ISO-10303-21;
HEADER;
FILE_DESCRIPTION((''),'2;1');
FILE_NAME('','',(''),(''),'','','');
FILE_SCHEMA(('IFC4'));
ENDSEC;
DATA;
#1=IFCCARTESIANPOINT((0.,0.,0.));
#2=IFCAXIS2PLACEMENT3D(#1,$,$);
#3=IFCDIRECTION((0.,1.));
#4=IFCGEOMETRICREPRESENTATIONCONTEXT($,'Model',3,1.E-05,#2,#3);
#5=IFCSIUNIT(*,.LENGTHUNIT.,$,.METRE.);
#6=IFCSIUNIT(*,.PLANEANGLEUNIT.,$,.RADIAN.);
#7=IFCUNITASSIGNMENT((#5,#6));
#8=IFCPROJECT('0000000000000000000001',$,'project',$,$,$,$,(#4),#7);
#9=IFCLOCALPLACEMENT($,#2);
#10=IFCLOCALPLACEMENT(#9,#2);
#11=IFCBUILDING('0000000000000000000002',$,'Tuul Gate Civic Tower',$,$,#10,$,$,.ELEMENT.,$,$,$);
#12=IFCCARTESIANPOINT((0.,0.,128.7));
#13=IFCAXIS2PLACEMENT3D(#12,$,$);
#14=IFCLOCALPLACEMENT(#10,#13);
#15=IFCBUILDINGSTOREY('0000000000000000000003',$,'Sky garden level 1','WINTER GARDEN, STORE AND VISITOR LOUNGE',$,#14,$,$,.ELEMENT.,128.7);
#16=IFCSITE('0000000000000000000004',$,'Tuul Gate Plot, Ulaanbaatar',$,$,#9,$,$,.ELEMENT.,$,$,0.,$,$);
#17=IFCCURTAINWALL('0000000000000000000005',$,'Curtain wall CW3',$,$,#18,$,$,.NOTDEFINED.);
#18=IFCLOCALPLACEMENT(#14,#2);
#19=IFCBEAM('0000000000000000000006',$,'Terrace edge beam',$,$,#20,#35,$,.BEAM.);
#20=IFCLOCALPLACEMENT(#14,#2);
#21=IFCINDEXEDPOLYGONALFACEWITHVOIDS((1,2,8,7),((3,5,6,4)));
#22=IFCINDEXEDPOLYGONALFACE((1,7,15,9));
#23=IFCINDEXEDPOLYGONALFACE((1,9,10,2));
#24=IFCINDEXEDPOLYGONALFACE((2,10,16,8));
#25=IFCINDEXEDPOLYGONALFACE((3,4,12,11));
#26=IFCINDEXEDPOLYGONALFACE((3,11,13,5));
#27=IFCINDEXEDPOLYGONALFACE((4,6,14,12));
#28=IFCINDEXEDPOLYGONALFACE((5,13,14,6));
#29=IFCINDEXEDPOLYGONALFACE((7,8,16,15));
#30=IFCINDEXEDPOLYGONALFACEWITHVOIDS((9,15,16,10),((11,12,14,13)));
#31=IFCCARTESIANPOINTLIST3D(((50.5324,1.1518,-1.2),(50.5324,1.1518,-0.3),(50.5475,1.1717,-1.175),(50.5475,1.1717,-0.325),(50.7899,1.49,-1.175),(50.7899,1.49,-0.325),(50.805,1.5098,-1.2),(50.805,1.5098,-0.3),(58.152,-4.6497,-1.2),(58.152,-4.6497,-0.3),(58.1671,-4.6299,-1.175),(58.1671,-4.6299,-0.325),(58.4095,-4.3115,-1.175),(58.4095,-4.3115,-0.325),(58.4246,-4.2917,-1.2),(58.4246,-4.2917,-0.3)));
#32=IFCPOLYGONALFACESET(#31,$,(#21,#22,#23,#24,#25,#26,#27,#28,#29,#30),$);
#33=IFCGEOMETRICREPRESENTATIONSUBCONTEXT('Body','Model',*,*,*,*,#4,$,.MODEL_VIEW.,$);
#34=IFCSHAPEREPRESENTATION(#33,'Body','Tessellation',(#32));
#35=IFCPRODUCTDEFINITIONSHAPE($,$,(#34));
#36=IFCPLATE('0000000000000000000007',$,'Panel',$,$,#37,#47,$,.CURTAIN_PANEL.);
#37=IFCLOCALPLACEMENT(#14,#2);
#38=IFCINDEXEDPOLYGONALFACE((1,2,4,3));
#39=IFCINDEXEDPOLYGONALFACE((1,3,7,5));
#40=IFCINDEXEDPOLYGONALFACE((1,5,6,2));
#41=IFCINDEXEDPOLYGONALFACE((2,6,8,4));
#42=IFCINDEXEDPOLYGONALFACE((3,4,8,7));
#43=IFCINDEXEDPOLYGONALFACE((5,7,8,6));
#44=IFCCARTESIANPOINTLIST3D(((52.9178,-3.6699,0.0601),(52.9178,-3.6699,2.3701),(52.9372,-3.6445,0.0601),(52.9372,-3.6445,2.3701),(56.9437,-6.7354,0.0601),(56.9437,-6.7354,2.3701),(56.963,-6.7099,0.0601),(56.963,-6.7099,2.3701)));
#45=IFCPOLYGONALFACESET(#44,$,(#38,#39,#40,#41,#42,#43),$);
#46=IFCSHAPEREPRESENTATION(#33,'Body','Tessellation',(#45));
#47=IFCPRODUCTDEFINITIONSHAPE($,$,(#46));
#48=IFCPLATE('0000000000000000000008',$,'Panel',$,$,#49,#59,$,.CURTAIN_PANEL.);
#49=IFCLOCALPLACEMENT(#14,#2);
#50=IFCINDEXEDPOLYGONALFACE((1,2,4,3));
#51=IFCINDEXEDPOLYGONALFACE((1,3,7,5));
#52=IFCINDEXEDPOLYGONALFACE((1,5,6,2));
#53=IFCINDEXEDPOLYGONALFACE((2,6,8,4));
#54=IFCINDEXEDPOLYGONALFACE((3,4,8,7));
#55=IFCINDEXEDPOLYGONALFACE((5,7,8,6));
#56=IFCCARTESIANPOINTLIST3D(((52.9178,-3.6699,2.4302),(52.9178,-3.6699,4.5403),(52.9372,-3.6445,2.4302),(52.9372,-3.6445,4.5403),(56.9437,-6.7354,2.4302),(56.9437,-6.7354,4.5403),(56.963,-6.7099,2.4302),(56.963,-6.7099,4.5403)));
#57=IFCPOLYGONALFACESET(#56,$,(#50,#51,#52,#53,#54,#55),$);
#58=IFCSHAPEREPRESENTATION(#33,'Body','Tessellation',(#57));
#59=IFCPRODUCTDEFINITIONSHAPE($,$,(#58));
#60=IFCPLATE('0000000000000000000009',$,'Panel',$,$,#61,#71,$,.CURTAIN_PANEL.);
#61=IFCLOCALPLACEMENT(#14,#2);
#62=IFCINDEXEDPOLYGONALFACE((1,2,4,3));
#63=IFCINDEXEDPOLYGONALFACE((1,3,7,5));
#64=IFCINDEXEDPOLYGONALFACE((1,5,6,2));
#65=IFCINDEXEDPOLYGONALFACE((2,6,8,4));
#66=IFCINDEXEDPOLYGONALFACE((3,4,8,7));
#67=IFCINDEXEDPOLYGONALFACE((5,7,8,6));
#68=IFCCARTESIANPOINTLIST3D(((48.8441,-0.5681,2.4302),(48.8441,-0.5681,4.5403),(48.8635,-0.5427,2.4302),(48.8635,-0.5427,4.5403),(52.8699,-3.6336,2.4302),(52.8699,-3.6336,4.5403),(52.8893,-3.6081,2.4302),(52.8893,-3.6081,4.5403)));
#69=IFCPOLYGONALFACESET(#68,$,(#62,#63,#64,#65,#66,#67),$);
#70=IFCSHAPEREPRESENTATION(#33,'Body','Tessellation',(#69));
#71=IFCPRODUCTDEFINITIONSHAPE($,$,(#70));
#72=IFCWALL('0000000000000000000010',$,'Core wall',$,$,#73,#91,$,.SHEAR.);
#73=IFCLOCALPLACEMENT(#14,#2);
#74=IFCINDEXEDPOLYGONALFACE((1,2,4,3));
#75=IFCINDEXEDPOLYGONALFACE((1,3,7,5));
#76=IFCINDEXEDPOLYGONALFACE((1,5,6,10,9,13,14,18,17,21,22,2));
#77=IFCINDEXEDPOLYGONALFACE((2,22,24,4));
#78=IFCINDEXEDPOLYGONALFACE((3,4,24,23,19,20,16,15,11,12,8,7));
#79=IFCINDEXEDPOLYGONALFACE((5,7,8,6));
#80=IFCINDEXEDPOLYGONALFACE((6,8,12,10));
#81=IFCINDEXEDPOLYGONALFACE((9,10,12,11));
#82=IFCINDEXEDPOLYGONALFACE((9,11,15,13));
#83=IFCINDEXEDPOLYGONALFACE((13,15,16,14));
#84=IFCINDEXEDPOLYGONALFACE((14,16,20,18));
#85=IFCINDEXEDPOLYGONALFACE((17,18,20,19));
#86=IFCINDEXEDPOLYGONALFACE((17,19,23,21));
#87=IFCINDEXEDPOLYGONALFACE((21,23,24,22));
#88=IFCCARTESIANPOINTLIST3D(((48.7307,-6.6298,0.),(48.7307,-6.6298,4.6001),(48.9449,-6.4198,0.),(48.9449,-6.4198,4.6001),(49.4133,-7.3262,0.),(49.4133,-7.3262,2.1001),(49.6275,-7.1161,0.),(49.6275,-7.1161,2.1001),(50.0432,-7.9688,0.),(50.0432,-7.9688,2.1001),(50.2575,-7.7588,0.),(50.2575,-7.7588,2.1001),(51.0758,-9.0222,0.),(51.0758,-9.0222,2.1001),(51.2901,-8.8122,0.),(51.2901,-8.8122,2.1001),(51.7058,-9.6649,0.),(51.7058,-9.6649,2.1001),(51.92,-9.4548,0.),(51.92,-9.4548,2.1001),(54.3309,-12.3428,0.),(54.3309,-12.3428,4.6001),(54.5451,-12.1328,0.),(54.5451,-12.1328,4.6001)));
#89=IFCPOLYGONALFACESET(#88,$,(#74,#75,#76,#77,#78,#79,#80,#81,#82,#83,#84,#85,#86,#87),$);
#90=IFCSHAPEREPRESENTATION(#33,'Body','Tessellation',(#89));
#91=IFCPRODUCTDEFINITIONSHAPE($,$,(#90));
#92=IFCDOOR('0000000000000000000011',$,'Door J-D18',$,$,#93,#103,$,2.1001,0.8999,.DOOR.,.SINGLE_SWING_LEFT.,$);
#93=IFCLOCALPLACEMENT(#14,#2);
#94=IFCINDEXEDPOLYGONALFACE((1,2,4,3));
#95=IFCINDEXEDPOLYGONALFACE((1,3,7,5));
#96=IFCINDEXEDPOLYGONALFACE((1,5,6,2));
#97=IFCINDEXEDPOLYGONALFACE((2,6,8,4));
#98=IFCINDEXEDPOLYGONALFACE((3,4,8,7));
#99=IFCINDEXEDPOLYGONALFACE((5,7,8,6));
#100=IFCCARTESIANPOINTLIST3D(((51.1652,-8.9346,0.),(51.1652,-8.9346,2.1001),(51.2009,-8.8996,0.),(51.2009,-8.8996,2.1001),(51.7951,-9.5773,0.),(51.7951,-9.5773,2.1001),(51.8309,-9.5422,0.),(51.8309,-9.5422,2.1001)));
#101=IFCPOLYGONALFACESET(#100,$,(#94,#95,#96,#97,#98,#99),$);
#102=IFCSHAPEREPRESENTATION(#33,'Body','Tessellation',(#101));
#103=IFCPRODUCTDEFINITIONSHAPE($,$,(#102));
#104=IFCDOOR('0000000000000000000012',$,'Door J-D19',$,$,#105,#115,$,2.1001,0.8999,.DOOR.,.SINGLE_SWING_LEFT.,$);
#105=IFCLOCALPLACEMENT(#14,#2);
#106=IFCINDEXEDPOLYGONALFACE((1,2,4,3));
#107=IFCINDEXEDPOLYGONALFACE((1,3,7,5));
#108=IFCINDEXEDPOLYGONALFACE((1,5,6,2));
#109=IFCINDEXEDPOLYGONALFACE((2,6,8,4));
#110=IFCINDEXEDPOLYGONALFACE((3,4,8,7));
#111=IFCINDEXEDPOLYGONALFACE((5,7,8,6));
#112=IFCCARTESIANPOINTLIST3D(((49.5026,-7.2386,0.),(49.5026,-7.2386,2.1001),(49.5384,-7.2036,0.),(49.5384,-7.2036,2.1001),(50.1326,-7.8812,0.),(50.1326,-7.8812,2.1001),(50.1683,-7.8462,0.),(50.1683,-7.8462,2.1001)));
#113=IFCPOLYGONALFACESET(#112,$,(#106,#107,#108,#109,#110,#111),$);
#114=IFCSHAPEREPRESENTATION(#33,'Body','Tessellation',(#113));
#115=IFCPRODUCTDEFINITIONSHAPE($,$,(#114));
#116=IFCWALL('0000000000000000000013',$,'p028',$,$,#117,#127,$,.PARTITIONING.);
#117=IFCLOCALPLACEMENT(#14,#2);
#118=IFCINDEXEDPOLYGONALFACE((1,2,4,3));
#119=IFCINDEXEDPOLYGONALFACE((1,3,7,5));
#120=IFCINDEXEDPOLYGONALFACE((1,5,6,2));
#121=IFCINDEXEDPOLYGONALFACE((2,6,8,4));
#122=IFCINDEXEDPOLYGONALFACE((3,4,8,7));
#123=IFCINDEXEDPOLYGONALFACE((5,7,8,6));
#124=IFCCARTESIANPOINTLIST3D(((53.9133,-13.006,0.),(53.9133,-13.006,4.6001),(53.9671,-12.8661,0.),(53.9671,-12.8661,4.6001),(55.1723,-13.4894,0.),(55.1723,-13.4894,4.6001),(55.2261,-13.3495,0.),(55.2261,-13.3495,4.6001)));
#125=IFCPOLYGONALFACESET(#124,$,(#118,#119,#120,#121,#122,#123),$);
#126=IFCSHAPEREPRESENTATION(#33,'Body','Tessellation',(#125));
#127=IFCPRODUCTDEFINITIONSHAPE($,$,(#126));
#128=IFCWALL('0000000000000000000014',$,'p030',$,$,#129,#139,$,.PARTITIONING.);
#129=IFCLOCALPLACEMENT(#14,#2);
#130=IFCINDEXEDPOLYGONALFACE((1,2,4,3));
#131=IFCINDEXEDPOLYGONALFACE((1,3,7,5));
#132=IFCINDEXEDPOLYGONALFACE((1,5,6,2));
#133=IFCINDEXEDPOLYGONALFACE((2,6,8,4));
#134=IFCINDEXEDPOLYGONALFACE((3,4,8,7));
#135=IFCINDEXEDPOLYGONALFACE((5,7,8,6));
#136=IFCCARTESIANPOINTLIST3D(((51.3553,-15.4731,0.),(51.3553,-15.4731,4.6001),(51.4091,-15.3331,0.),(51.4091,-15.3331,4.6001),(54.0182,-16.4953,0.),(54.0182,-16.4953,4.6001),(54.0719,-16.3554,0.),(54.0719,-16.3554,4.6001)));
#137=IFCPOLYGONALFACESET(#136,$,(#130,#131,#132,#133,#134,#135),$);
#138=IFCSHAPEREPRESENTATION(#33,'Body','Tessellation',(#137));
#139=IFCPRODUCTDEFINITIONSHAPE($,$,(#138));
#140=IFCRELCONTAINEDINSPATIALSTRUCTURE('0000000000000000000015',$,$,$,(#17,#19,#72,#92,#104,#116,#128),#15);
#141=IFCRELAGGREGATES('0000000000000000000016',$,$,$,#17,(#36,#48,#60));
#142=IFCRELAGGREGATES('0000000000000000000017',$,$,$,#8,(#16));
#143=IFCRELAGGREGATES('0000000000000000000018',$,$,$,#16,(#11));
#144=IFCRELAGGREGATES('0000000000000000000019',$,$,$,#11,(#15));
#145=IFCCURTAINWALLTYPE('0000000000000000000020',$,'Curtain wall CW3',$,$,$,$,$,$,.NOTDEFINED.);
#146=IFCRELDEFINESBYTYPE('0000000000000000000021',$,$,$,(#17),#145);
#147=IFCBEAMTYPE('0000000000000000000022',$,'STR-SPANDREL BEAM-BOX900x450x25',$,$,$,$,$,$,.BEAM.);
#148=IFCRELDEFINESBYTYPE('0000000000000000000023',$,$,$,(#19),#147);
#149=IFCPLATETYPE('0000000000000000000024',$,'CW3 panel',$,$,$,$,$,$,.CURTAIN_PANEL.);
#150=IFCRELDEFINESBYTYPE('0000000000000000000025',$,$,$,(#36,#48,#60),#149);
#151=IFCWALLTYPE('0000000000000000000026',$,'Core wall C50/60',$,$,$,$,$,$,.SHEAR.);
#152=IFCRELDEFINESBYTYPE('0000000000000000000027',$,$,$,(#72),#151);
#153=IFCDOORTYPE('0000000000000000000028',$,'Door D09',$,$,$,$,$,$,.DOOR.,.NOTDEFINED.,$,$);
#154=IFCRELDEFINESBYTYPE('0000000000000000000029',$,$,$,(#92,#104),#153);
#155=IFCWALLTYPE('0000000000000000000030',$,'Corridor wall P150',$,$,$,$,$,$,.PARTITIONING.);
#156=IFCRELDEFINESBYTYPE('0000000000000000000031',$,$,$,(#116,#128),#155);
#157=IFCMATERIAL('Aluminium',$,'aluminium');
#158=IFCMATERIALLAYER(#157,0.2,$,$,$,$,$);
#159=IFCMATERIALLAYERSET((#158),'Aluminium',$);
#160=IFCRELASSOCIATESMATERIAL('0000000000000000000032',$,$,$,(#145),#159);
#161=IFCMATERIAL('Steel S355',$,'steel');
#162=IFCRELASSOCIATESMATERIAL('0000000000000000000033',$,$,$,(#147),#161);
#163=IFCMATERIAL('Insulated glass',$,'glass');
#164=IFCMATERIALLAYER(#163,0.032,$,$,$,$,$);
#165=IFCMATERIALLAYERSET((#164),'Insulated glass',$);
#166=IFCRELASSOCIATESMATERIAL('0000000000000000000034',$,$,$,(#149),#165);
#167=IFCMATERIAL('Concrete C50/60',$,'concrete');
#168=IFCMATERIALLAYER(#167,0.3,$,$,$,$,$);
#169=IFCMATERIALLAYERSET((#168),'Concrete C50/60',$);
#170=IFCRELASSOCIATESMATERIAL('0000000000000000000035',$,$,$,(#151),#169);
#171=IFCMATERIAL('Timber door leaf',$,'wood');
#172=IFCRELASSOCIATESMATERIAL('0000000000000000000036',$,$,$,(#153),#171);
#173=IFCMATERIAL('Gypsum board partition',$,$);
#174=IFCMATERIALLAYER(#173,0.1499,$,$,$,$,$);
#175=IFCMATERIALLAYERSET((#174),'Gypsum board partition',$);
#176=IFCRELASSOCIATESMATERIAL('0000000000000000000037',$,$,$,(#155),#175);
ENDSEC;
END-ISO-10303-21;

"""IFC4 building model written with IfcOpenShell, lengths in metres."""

from ifc_helpers import new_model, si_unit, direction, frame, frame_2d, origin, origin_2d, place, context, subcontext, project, spatial, rectangle, hollow_rectangle, extrude, material, layer, layer_set, material_profile, profile_set, type_object, element, fill, aggregate, save


model = new_model("IFC4")

# Units and contexts
model_context = context("Model", 3, precision=1e-05, world=origin(), true_north=direction((0.0, 1.0)))
body_context = subcontext(model_context, "Body", "Model", "MODEL_VIEW")
ifc_project = project(units=[si_unit("LENGTHUNIT", "METRE"), si_unit("PLANEANGLEUNIT", "RADIAN")], contexts=[model_context])

# Site, building, storey
site_placement = place(None, origin())
site = spatial("IfcSite", under=ifc_project, at=site_placement, Name="Tuul Gate Plot, Ulaanbaatar", CompositionType="ELEMENT", RefElevation=0.0)
building_placement = place(site_placement, origin())
building = spatial("IfcBuilding", under=site, at=building_placement, Name="Tuul Gate Civic Tower", CompositionType="ELEMENT")
storey_placement = place(building_placement, frame((0.0, 0.0, 128.7)))
storey = spatial("IfcBuildingStorey", under=building, at=storey_placement, Name="Sky garden level 1", Description="WINTER GARDEN, STORE AND VISITOR LOUNGE", CompositionType="ELEMENT", Elevation=128.7)

# Shared definitions
ifc_material_1 = material(Name="Aluminium", Category="aluminium")
ifc_layer_1 = layer(ifc_material_1, 0.2)
ifc_layer_set_1 = layer_set([ifc_layer_1], Name="Aluminium")
curtain_wall_type = type_object("IfcCurtainWallType", Name="Curtain wall CW3", PredefinedType="NOTDEFINED", material=ifc_layer_set_1)

# Curtain wall
curtain_wall_1_placement = place(storey_placement, origin())
curtain_wall_1 = element("IfcCurtainWall", 1, at=curtain_wall_1_placement, inside=storey, type_object=curtain_wall_type, Name="Curtain wall CW3", PredefinedType="NOTDEFINED")

# Beam
ifc_material_2 = material(Name="Steel S355", Category="steel")
ifc_material_profile_1 = material_profile(ifc_material_2, hollow_rectangle(XDim=0.45, YDim=0.8999, WallThickness=0.0249, at=origin_2d()), Name="BOX900x450x25")
ifc_profile_set_1 = profile_set([ifc_material_profile_1], Name="Steel S355")
beam_type_1 = type_object("IfcBeamType", Name="STR-SPANDREL BEAM-BOX900x450x25", PredefinedType="BEAM", material=ifc_profile_set_1)
beam_1_placement = place(storey_placement, frame((58.2883, -4.4707, -0.75), z_axis=(-0.795629, 0.605784, 0.0), x_axis=(-0.605784, -0.795629, 0.0)))
element("IfcBeam", 2, at=beam_1_placement, inside=storey, type_object=beam_type_1, Name="Terrace edge beam", PredefinedType="BEAM", context=body_context, shape_type="SweptSolid", body=[
    extrude(hollow_rectangle(XDim=0.45, YDim=0.8999, WallThickness=0.0249, at=origin_2d()), origin(), (0.0, 0.0, 1.0), 9.5769),
])

# Plates
ifc_material_3 = material(Name="Insulated glass", Category="glass")
ifc_layer_2 = layer(ifc_material_3, 0.032)
ifc_layer_set_2 = layer_set([ifc_layer_2], Name="Insulated glass")
plate_type = type_object("IfcPlateType", Name="CW3 panel", PredefinedType="CURTAIN_PANEL", material=ifc_layer_set_2)
plate_1_placement = place(storey_placement, frame((54.9404, -5.1899, 0.0601), z_axis=(0.0, 0.0, 1.0), x_axis=(-0.79561, 0.605809, 0.0)))
plate_1 = element("IfcPlate", 3, at=plate_1_placement, type_object=plate_type, Name="Panel", PredefinedType="CURTAIN_PANEL", context=body_context, shape_type="SweptSolid", body=[
    extrude(rectangle(XDim=5.0601, YDim=0.032, at=origin_2d()), origin(), (0.0, 0.0, 1.0), 2.3101),
])
plate_2_placement = place(storey_placement, frame((54.9404, -5.1899, 2.4302), z_axis=(0.0, 0.0, 1.0), x_axis=(-0.79561, 0.605809, 0.0)))
plate_2 = element("IfcPlate", 4, at=plate_2_placement, type_object=plate_type, Name="Panel", PredefinedType="CURTAIN_PANEL", context=body_context, shape_type="SweptSolid", body=[
    extrude(rectangle(XDim=5.0601, YDim=0.032, at=origin_2d()), origin(), (0.0, 0.0, 1.0), 2.1101),
])
plate_3_placement = place(storey_placement, frame((50.8667, -2.0881, 2.4302), z_axis=(0.0, 0.0, 1.0), x_axis=(-0.79561, 0.605809, 0.0)))
plate_3 = element("IfcPlate", 5, at=plate_3_placement, type_object=plate_type, Name="Panel", PredefinedType="CURTAIN_PANEL", context=body_context, shape_type="SweptSolid", body=[
    extrude(rectangle(XDim=5.0601, YDim=0.032, at=origin_2d()), origin(), (0.0, 0.0, 1.0), 2.1101),
])
aggregate(curtain_wall_1, [plate_1, plate_2, plate_3])

# Wall, openings, doors
ifc_material_4 = material(Name="Concrete C50/60", Category="concrete")
ifc_layer_3 = layer(ifc_material_4, 0.3)
ifc_layer_set_3 = layer_set([ifc_layer_3], Name="Concrete C50/60")
wall_type_1 = type_object("IfcWallType", Name="Core wall C50/60", PredefinedType="SHEAR", material=ifc_layer_set_3)
wall_1_placement = place(storey_placement, frame((54.438, -12.2378, 0.0), z_axis=(0.0, 0.0, 1.0), x_axis=(-0.700022, 0.714121, 0.0)))
wall_1 = element("IfcWall", 6, at=wall_1_placement, inside=storey, type_object=wall_type_1, Name="Core wall", PredefinedType="SHEAR", context=body_context, shape_type="SweptSolid", body=[
    extrude(rectangle(XDim=8.0, YDim=0.3, at=frame_2d((4.0, 0.0))), origin(), (0.0, 0.0, 1.0), 4.6001),
])
opening_1_placement = place(wall_1_placement, frame((3.75, 0.0, 0.0)))
opening_1 = element("IfcOpeningElement", 7, at=opening_1_placement, cuts=wall_1, PredefinedType="OPENING", context=body_context, shape_type="SweptSolid", body=[
    extrude(rectangle(XDim=0.8999, YDim=2.1001, at=frame_2d((0.45, 1.05))), frame((0.0, 0.1602, 0.0), z_axis=(0.0, -1.0, 0.0), x_axis=(1.0, 0.0, 0.0)), (0.0, 0.0, 1.0), 0.3201),
])
opening_2_placement = place(wall_1_placement, frame((6.125, 0.0, 0.0)))
opening_2 = element("IfcOpeningElement", 8, at=opening_2_placement, cuts=wall_1, PredefinedType="OPENING", context=body_context, shape_type="SweptSolid", body=[
    extrude(rectangle(XDim=0.8999, YDim=2.1001, at=frame_2d((0.45, 1.05))), frame((0.0, 0.1602, 0.0), z_axis=(0.0, -1.0, 0.0), x_axis=(1.0, 0.0, 0.0)), (0.0, 0.0, 1.0), 0.3201),
])
ifc_material_5 = material(Name="Timber door leaf", Category="wood")
door_type = type_object("IfcDoorType", Name="Door D09", OperationType="NOTDEFINED", PredefinedType="DOOR", material=ifc_material_5)
door_1_placement = place(opening_1_placement, origin())
door_1 = element("IfcDoor", 9, at=door_1_placement, inside=storey, type_object=door_type, Name="Door J-D18", OperationType="SINGLE_SWING_LEFT", OverallHeight=2.1001, OverallWidth=0.8999, PredefinedType="DOOR", context=body_context, shape_type="SweptSolid", body=[
    extrude(rectangle(XDim=0.8999, YDim=2.1001, at=frame_2d((0.45, 1.05))), frame((0.0, 0.0249, 0.0), z_axis=(0.0, -1.0, 0.0), x_axis=(1.0, 0.0, 0.0)), (0.0, 0.0, 1.0), 0.05),
])
fill(opening_1, door_1)
door_2_placement = place(opening_2_placement, origin())
door_2 = element("IfcDoor", 10, at=door_2_placement, inside=storey, type_object=door_type, Name="Door J-D19", OperationType="SINGLE_SWING_LEFT", OverallHeight=2.1001, OverallWidth=0.8999, PredefinedType="DOOR", context=body_context, shape_type="SweptSolid", body=[
    extrude(rectangle(XDim=0.8999, YDim=2.1001, at=frame_2d((0.45, 1.05))), frame((0.0, 0.0249, 0.0), z_axis=(0.0, -1.0, 0.0), x_axis=(1.0, 0.0, 0.0)), (0.0, 0.0, 1.0), 0.05),
])
fill(opening_2, door_2)

# Walls
ifc_material_6 = material(Name="Gypsum board partition")
ifc_layer_4 = layer(ifc_material_6, 0.1499)
ifc_layer_set_4 = layer_set([ifc_layer_4], Name="Gypsum board partition")
wall_type_2 = type_object("IfcWallType", Name="Corridor wall P150", PredefinedType="PARTITIONING", material=ifc_layer_set_4)
wall_2_placement = place(storey_placement, frame((53.9402, -12.936, 0.0), z_axis=(0.0, 0.0, 1.0), x_axis=(0.933555, -0.358433, 0.0)))
element("IfcWall", 11, at=wall_2_placement, inside=storey, type_object=wall_type_2, Name="p028", PredefinedType="PARTITIONING", context=body_context, shape_type="SweptSolid", body=[
    extrude(rectangle(XDim=1.3486, YDim=0.1499, at=frame_2d((0.6743, 0.0))), origin(), (0.0, 0.0, 1.0), 4.6001),
])
wall_3_placement = place(storey_placement, frame((51.3821, -15.4031, 0.0), z_axis=(0.0, 0.0, 1.0), x_axis=(0.933575, -0.358382, 0.0)))
element("IfcWall", 12, at=wall_3_placement, inside=storey, type_object=wall_type_2, Name="p030", PredefinedType="PARTITIONING", context=body_context, shape_type="SweptSolid", body=[
    extrude(rectangle(XDim=2.8523, YDim=0.1499, at=frame_2d((1.4263, 0.0))), origin(), (0.0, 0.0, 1.0), 4.6001),
])

save(model, "model.ifc")
